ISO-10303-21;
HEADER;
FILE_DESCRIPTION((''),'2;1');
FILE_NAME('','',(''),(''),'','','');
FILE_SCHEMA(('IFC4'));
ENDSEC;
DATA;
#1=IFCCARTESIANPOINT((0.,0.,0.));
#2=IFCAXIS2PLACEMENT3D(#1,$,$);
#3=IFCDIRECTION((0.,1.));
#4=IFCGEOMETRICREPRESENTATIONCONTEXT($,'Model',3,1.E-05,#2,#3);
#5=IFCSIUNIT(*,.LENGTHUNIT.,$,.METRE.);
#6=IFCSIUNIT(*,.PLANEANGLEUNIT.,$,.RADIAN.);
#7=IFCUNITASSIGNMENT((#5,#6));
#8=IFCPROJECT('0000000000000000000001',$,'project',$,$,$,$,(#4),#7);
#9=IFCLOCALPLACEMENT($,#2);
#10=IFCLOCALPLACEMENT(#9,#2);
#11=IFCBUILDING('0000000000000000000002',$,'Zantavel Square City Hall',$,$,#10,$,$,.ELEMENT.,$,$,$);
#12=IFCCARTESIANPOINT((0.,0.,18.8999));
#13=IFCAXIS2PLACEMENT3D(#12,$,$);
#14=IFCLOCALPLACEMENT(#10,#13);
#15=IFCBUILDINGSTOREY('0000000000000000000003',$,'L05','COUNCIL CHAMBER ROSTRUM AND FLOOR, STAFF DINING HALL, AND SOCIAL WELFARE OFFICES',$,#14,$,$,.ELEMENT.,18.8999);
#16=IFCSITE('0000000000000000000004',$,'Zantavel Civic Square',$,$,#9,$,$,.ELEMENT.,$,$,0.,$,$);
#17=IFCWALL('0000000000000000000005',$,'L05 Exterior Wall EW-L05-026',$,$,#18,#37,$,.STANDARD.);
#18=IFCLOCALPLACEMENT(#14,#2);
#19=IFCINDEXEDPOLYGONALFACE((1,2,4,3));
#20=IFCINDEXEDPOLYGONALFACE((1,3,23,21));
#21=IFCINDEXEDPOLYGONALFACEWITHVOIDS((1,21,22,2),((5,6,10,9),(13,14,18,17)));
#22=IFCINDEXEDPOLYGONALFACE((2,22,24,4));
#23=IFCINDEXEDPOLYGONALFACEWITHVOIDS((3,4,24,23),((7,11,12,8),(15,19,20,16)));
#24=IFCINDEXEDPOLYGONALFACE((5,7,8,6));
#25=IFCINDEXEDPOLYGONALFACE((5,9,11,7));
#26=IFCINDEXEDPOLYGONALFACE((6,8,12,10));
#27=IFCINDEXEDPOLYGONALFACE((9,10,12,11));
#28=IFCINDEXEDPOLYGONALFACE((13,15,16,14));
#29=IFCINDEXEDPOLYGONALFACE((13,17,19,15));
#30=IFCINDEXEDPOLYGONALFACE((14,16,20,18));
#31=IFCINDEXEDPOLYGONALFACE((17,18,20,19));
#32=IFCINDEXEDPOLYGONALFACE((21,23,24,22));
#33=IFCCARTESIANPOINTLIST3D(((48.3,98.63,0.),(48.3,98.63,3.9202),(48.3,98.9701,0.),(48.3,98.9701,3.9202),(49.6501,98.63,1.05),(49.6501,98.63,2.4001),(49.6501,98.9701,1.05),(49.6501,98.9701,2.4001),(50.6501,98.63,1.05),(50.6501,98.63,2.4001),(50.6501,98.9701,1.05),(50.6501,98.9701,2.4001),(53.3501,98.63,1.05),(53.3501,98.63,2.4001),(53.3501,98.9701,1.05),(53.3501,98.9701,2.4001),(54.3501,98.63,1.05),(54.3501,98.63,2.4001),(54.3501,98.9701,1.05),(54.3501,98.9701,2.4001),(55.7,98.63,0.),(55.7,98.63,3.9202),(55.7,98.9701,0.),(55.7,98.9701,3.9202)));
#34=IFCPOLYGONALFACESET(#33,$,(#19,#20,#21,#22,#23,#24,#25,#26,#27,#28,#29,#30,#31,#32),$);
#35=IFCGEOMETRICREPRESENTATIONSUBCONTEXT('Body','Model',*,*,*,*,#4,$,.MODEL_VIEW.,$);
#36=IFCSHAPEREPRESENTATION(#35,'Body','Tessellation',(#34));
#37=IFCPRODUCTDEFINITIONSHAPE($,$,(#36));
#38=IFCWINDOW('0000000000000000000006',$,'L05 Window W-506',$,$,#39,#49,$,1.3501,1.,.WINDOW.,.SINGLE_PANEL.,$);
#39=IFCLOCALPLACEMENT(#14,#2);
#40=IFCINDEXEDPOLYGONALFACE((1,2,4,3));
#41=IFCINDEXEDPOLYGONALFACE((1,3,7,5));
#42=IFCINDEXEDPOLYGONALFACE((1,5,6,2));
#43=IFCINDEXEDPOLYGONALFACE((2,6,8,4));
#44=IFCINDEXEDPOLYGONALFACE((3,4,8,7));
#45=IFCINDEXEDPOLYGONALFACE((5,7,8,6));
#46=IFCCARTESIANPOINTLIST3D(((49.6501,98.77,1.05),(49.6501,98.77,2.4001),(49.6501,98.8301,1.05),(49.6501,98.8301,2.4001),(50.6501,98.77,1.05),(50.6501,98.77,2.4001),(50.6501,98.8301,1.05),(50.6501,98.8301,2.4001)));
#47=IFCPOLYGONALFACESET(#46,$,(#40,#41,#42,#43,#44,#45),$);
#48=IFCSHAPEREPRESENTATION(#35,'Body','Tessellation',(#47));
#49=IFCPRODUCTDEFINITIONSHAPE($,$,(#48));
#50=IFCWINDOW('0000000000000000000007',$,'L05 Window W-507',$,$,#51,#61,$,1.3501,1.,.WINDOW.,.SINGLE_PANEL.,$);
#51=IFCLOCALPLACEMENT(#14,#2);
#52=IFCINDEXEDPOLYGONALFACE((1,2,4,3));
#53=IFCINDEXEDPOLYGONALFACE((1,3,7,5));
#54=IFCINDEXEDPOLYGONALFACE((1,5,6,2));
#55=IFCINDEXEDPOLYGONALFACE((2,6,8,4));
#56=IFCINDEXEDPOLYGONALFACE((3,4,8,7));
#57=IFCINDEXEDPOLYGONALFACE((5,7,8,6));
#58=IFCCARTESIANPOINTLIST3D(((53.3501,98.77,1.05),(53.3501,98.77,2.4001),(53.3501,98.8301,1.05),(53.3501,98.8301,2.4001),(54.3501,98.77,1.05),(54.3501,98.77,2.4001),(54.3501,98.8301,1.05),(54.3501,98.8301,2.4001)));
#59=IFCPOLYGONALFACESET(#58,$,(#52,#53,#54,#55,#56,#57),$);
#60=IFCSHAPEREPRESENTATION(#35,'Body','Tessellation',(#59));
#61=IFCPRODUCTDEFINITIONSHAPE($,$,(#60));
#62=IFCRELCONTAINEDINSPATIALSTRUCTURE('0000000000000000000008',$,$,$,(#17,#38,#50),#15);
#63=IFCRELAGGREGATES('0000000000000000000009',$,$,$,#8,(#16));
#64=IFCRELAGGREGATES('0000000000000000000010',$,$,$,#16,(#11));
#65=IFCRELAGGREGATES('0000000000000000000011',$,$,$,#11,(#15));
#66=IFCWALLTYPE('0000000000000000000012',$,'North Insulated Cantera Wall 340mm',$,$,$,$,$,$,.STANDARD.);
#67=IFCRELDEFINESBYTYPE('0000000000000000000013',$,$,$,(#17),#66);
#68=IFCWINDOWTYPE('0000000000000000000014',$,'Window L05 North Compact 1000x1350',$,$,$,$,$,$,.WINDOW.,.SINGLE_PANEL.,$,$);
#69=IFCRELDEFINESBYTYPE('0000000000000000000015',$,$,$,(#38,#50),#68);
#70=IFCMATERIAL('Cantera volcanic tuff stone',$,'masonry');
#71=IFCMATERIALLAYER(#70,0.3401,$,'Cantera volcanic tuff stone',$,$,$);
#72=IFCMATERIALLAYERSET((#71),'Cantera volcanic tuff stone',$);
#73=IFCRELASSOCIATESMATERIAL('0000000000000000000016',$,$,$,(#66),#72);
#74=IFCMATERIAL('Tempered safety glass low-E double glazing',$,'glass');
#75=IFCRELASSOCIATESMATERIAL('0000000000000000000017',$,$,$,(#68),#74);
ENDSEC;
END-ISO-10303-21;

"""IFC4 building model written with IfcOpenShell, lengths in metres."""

from ifc_helpers import new_model, si_unit, direction, frame, frame_2d, origin, place, context, subcontext, project, spatial, rectangle, extrude, material, layer, layer_set, type_object, element, fill, save


model = new_model("IFC4")

# Units and contexts
model_context = context("Model", 3, precision=1e-05, world=origin(), true_north=direction((0.0, 1.0)))
body_context = subcontext(model_context, "Body", "Model", "MODEL_VIEW")
ifc_project = project(units=[si_unit("LENGTHUNIT", "METRE"), si_unit("PLANEANGLEUNIT", "RADIAN")], contexts=[model_context])

# Site, building, storey
site_placement = place(None, origin())
site = spatial("IfcSite", under=ifc_project, at=site_placement, Name="Zantavel Civic Square", CompositionType="ELEMENT", RefElevation=0.0)
building_placement = place(site_placement, origin())
building = spatial("IfcBuilding", under=site, at=building_placement, Name="Zantavel Square City Hall", CompositionType="ELEMENT")
storey_placement = place(building_placement, frame((0.0, 0.0, 18.8999)))
storey = spatial("IfcBuildingStorey", under=building, at=storey_placement, Name="L05", Description="COUNCIL CHAMBER ROSTRUM AND FLOOR, STAFF DINING HALL, AND SOCIAL WELFARE OFFICES", CompositionType="ELEMENT", Elevation=18.8999)

# Shared definitions
ifc_material_1 = material(Name="Cantera volcanic tuff stone", Category="masonry")
ifc_material_2 = material(Name="Tempered safety glass low-E double glazing", Category="glass")

# Wall, openings, windows
ifc_layer_1 = layer(ifc_material_1, 0.3401, Name="Cantera volcanic tuff stone")
ifc_layer_set_1 = layer_set([ifc_layer_1], Name="Cantera volcanic tuff stone")
wall_type_1 = type_object("IfcWallType", Name="North Insulated Cantera Wall 340mm", PredefinedType="STANDARD", material=ifc_layer_set_1)
wall_1_placement = place(storey_placement, frame((48.3, 98.8, 0.0), z_axis=(0.0, 0.0, 1.0), x_axis=(1.0, 0.0, 0.0)))
wall_1 = element("IfcWall", 1, at=wall_1_placement, inside=storey, type_object=wall_type_1, Name="L05 Exterior Wall EW-L05-026", PredefinedType="STANDARD", context=body_context, shape_type="SweptSolid", body=[
    extrude(rectangle(XDim=7.3999, YDim=0.3401, at=frame_2d((3.7, 0.0))), origin(), (0.0, 0.0, 1.0), 3.9202),
])
opening_1_placement = place(wall_1_placement, frame((1.3501, 0.0, 1.05)))
opening_1 = element("IfcOpeningElement", 2, at=opening_1_placement, cuts=wall_1, PredefinedType="OPENING", context=body_context, shape_type="SweptSolid", body=[
    extrude(rectangle(XDim=1.0, YDim=1.3501, at=frame_2d((0.5, 0.675))), frame((0.0, 0.1799, 0.0), z_axis=(0.0, -1.0, 0.0), x_axis=(1.0, 0.0, 0.0)), (0.0, 0.0, 1.0), 0.3601),
])
opening_2_placement = place(wall_1_placement, frame((5.05, 0.0, 1.05)))
opening_2 = element("IfcOpeningElement", 3, at=opening_2_placement, cuts=wall_1, PredefinedType="OPENING", context=body_context, shape_type="SweptSolid", body=[
    extrude(rectangle(XDim=1.0, YDim=1.3501, at=frame_2d((0.5, 0.675))), frame((0.0, 0.1799, 0.0), z_axis=(0.0, -1.0, 0.0), x_axis=(1.0, 0.0, 0.0)), (0.0, 0.0, 1.0), 0.3601),
])
window_type_1 = type_object("IfcWindowType", Name="Window L05 North Compact 1000x1350", PartitioningType="SINGLE_PANEL", PredefinedType="WINDOW", material=ifc_material_2)
window_1_placement = place(opening_1_placement, origin())
window_1 = element("IfcWindow", 4, at=window_1_placement, inside=storey, type_object=window_type_1, Name="L05 Window W-506", OverallHeight=1.3501, OverallWidth=1.0, PartitioningType="SINGLE_PANEL", PredefinedType="WINDOW", context=body_context, shape_type="SweptSolid", body=[
    extrude(rectangle(XDim=1.0, YDim=1.3501, at=frame_2d((0.5, 0.675))), frame((0.0, 0.03, 0.0), z_axis=(0.0, -1.0, 0.0), x_axis=(1.0, 0.0, 0.0)), (0.0, 0.0, 1.0), 0.0601),
])
fill(opening_1, window_1)
window_2_placement = place(opening_2_placement, origin())
window_2 = element("IfcWindow", 5, at=window_2_placement, inside=storey, type_object=window_type_1, Name="L05 Window W-507", OverallHeight=1.3501, OverallWidth=1.0, PartitioningType="SINGLE_PANEL", PredefinedType="WINDOW", context=body_context, shape_type="SweptSolid", body=[
    extrude(rectangle(XDim=1.0, YDim=1.3501, at=frame_2d((0.5, 0.675))), frame((0.0, 0.03, 0.0), z_axis=(0.0, -1.0, 0.0), x_axis=(1.0, 0.0, 0.0)), (0.0, 0.0, 1.0), 0.0601),
])
fill(opening_2, window_2)

save(model, "model.ifc")
